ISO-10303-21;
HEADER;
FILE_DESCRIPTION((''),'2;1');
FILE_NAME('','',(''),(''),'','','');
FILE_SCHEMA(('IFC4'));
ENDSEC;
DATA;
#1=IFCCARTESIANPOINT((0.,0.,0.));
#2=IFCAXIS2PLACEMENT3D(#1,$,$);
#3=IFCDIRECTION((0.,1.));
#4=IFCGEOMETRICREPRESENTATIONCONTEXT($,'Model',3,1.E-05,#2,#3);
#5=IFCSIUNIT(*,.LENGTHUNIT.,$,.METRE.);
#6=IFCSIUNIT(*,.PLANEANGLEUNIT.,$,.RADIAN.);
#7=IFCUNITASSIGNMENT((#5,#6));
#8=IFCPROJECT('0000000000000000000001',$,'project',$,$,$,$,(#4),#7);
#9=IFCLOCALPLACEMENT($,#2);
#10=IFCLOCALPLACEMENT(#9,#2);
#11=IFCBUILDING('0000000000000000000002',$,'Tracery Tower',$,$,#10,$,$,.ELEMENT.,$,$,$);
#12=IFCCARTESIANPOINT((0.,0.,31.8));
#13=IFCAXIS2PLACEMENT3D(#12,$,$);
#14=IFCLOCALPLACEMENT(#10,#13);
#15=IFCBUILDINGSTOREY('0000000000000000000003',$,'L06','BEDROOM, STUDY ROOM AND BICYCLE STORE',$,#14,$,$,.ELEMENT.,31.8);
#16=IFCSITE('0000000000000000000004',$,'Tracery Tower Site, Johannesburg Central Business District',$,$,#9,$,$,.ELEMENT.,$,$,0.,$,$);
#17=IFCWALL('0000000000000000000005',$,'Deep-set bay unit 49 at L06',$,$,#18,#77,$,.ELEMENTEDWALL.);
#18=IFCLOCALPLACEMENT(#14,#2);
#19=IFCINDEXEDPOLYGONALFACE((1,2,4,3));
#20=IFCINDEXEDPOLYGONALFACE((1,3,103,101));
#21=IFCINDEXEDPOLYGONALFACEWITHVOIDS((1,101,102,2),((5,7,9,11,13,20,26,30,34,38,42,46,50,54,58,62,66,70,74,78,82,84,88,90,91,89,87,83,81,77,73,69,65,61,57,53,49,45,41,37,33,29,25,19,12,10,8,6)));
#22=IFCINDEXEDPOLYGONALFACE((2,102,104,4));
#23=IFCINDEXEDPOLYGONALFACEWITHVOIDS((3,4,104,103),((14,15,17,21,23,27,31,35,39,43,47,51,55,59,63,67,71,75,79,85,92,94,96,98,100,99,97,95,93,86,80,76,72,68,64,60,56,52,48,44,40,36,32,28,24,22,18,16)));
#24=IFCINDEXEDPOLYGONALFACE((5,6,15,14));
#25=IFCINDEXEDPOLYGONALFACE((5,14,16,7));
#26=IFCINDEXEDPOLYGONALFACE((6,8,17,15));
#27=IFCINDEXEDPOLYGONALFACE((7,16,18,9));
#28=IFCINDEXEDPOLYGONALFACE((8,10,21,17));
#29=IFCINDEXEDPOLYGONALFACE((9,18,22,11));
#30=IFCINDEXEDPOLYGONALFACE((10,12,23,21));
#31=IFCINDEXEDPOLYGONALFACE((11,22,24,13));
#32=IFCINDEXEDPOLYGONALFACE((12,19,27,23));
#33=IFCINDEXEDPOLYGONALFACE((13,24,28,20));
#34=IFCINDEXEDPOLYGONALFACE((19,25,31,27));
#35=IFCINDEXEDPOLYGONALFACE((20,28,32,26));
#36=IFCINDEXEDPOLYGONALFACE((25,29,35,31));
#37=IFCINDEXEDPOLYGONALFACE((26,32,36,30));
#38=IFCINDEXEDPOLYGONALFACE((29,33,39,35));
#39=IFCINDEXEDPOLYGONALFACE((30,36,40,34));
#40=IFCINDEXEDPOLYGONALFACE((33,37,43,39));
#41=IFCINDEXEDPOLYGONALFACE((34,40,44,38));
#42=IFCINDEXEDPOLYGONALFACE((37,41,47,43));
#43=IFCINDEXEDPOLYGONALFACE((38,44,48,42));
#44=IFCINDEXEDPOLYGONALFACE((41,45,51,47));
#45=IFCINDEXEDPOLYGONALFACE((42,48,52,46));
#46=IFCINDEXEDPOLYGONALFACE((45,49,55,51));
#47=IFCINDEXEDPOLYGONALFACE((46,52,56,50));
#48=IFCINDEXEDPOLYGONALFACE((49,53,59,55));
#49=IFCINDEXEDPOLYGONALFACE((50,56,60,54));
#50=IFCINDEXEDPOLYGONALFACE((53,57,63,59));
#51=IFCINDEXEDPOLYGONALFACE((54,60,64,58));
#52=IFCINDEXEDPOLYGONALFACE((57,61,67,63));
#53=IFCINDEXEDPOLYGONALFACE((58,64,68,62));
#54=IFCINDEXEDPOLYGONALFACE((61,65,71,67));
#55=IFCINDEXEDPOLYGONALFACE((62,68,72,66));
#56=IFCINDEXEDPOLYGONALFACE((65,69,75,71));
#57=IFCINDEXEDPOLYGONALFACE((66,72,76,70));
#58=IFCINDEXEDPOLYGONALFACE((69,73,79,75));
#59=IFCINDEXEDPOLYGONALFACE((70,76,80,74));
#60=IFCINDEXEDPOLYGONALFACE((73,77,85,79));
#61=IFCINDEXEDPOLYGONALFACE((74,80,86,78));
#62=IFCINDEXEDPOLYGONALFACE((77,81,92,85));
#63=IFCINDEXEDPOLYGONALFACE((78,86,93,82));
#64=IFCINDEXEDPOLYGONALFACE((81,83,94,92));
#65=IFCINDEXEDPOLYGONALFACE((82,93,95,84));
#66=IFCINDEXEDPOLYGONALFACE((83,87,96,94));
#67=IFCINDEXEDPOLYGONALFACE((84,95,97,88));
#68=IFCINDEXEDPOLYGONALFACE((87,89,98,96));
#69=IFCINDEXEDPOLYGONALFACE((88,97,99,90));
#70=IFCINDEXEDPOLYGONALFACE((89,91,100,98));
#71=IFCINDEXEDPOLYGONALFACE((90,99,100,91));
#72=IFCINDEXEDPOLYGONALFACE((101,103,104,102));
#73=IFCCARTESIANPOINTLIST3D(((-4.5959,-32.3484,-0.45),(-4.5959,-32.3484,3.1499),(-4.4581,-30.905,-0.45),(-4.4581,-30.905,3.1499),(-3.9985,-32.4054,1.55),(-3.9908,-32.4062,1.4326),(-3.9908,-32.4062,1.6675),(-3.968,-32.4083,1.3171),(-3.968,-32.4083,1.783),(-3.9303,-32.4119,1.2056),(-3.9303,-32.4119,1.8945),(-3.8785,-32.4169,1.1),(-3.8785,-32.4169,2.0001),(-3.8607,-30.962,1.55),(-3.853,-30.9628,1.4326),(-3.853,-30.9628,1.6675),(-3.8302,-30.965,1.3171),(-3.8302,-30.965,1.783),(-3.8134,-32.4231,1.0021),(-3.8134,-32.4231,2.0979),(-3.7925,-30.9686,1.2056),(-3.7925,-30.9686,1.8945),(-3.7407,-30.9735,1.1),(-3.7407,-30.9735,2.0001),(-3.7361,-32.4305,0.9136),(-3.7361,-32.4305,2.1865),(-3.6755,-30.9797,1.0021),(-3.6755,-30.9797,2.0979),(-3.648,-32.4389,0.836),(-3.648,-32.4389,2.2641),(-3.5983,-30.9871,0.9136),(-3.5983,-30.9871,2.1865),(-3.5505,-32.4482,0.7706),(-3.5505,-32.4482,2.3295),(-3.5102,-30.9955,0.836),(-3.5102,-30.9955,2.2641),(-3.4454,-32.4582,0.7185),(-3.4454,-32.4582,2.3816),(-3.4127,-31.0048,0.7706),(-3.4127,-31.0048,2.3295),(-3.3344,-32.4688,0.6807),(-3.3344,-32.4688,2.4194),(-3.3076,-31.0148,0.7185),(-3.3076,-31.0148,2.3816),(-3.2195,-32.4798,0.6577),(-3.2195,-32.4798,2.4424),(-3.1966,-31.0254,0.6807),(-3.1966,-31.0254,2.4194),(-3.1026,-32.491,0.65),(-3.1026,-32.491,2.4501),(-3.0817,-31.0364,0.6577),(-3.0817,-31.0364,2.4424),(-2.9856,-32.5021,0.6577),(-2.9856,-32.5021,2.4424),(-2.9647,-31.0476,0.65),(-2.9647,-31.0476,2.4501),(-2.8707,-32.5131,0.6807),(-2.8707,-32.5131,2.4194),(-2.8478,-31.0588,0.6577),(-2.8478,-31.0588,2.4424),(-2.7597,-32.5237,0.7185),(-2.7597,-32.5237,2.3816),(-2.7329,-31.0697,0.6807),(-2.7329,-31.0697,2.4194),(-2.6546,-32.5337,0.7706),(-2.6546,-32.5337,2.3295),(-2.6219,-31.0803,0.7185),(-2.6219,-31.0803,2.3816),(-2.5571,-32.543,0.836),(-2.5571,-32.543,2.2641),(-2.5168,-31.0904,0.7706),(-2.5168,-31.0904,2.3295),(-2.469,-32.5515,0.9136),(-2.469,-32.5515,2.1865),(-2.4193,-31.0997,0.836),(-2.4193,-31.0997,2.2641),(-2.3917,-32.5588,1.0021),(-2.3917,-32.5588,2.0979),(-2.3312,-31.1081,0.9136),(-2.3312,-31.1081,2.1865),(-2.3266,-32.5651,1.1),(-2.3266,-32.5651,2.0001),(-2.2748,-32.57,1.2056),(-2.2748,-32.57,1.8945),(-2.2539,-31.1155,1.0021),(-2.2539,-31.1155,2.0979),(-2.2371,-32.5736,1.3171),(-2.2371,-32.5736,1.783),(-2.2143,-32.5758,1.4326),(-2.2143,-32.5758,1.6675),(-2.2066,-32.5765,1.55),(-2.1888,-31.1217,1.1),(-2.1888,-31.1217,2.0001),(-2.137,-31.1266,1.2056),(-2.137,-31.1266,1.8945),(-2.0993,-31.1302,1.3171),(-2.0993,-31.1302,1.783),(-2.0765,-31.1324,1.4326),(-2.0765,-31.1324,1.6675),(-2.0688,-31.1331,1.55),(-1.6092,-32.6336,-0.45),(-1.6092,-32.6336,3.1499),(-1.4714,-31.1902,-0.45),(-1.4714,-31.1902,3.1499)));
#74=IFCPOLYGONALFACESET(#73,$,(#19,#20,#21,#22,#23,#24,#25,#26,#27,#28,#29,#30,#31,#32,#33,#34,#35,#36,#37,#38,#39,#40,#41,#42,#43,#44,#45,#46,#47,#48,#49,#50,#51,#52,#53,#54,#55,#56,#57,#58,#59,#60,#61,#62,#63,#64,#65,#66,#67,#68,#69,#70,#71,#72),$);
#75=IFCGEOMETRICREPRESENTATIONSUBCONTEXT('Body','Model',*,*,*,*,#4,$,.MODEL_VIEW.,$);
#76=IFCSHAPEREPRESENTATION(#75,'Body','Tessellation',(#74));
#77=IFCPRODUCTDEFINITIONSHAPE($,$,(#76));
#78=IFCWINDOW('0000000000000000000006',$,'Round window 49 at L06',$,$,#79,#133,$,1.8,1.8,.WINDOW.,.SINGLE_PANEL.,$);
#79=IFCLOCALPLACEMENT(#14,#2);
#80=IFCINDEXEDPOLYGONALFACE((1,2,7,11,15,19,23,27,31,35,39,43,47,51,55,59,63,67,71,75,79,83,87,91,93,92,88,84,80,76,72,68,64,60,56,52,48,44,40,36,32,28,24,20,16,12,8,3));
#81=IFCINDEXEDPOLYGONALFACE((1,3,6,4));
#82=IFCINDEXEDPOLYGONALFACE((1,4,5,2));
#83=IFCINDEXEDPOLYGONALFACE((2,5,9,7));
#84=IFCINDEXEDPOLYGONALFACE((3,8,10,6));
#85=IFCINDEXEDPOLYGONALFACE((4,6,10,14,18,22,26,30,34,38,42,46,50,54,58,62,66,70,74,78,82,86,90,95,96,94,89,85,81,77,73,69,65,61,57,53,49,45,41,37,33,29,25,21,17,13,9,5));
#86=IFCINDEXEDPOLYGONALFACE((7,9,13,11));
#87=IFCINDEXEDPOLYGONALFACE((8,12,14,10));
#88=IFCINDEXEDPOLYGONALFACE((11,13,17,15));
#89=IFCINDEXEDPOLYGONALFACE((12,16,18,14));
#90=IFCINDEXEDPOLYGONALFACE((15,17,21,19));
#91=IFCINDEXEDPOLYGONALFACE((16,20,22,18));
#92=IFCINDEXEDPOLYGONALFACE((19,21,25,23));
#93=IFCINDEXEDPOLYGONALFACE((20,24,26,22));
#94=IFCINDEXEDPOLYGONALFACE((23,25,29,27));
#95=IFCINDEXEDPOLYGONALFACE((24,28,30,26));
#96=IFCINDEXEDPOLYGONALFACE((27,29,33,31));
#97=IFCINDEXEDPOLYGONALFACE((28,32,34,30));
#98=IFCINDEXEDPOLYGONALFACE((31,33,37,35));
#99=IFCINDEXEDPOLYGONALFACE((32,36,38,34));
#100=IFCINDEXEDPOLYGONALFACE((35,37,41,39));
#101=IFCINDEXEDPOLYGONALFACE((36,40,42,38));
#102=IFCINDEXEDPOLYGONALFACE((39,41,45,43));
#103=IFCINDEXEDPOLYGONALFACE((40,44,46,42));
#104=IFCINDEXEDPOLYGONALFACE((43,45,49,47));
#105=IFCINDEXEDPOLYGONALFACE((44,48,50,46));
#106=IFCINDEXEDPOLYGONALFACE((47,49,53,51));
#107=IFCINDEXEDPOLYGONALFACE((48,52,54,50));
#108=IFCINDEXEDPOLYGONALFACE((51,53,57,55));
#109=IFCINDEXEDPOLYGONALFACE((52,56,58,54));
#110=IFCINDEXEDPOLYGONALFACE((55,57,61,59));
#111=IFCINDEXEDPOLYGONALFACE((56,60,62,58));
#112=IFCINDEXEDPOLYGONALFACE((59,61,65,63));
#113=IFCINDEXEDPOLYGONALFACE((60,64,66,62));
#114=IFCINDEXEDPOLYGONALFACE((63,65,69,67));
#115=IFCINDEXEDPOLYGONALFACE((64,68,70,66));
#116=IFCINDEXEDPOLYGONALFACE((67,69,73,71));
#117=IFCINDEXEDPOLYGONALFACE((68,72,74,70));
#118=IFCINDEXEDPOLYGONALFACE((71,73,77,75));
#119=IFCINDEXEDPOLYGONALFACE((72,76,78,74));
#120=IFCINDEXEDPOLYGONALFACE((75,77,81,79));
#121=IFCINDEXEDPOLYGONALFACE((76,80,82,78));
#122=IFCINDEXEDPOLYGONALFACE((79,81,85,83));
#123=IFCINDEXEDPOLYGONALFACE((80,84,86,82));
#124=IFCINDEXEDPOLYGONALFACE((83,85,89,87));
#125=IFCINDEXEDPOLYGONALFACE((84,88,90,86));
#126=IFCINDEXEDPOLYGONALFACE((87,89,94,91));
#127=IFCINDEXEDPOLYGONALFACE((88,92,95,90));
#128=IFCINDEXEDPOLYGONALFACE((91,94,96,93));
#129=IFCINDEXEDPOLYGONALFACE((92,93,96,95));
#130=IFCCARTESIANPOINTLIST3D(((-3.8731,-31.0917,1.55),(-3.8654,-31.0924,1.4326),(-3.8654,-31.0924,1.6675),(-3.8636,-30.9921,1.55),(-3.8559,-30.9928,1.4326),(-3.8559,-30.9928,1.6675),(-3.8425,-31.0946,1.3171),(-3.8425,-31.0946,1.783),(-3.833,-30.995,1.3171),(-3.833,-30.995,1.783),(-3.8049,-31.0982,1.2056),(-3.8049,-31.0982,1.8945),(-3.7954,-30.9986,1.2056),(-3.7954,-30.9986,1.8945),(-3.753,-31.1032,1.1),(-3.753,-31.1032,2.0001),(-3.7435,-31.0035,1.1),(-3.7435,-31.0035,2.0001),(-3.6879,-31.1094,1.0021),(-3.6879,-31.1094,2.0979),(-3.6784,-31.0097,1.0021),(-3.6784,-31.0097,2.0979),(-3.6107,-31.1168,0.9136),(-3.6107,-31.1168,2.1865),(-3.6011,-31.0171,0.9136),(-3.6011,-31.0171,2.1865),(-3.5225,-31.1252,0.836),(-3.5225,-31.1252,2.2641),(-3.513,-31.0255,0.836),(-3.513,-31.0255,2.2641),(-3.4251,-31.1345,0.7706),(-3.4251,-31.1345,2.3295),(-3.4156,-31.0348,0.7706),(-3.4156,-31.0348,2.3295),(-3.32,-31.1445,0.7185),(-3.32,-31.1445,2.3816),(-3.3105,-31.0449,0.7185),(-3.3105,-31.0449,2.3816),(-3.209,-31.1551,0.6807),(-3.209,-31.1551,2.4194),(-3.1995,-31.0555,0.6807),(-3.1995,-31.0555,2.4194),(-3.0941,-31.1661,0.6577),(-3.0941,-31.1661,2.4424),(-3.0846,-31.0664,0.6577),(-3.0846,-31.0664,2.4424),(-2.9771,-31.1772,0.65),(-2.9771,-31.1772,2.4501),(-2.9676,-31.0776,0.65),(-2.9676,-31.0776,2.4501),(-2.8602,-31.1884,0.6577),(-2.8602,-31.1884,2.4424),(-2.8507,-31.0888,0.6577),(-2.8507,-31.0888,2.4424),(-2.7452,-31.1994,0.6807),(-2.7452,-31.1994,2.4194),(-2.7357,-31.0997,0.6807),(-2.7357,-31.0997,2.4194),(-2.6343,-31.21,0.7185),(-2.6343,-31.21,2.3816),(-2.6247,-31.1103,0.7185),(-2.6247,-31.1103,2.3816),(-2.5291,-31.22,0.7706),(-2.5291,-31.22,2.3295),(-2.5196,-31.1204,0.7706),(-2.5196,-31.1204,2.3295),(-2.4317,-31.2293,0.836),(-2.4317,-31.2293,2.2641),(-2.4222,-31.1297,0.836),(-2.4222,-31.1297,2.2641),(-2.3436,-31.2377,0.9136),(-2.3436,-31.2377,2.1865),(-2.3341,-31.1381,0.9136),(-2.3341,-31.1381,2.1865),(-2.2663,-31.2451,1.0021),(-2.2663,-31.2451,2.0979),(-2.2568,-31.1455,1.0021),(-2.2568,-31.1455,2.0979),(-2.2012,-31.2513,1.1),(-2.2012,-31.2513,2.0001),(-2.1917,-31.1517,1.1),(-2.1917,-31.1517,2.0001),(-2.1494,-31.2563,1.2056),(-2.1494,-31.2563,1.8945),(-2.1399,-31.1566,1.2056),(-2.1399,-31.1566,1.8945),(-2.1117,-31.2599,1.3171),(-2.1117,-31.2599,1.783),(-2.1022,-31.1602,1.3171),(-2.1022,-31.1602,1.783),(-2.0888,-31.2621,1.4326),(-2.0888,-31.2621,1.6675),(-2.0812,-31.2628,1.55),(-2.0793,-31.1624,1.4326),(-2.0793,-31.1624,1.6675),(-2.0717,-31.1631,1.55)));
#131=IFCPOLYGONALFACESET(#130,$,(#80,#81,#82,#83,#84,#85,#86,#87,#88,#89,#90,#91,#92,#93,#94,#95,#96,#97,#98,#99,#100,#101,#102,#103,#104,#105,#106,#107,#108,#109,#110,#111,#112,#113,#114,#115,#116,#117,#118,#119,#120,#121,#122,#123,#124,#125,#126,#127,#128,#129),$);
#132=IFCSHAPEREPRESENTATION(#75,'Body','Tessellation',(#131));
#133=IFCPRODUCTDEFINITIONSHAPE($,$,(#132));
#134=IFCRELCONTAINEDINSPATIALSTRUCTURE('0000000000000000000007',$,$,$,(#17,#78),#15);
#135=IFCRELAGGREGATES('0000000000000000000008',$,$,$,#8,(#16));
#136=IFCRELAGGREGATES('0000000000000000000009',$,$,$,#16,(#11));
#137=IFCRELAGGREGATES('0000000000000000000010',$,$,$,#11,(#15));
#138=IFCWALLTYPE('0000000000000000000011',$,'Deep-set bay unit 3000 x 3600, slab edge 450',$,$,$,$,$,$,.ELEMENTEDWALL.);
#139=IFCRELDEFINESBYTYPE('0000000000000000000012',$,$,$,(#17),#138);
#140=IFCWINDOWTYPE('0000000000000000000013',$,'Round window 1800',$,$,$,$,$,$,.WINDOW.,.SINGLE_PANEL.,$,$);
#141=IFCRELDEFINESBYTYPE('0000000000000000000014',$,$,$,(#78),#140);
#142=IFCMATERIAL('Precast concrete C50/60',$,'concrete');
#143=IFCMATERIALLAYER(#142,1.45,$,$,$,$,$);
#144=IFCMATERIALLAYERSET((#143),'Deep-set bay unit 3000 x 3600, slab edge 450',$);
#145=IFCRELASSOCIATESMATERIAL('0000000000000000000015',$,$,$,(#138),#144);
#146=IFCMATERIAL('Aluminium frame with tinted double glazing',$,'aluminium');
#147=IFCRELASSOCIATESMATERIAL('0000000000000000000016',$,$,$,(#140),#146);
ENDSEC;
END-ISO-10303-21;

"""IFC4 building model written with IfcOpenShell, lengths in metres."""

from ifc_helpers import new_model, si_unit, direction, frame, frame_2d, origin, origin_2d, place, context, subcontext, project, spatial, rectangle, circle, extrude, material, layer, layer_set, type_object, element, fill, save


model = new_model("IFC4")

# Units and contexts
model_context = context("Model", 3, precision=1e-05, world=origin(), true_north=direction((0.0, 1.0)))
body_context = subcontext(model_context, "Body", "Model", "MODEL_VIEW")
ifc_project = project(units=[si_unit("LENGTHUNIT", "METRE"), si_unit("PLANEANGLEUNIT", "RADIAN")], contexts=[model_context])

# Site, building, storey
site_placement = place(None, origin())
site = spatial("IfcSite", under=ifc_project, at=site_placement, Name="Tracery Tower Site, Johannesburg Central Business District", CompositionType="ELEMENT", RefElevation=0.0)
building_placement = place(site_placement, origin())
building = spatial("IfcBuilding", under=site, at=building_placement, Name="Tracery Tower", CompositionType="ELEMENT")
storey_placement = place(building_placement, frame((0.0, 0.0, 31.8)))
storey = spatial("IfcBuildingStorey", under=building, at=storey_placement, Name="L06", Description="BEDROOM, STUDY ROOM AND BICYCLE STORE", CompositionType="ELEMENT", Elevation=31.8)

# Wall, opening, window
ifc_material_1 = material(Name="Precast concrete C50/60", Category="concrete")
ifc_layer_1 = layer(ifc_material_1, 1.45)
ifc_layer_set_1 = layer_set([ifc_layer_1], Name="Deep-set bay unit 3000 x 3600, slab edge 450")
wall_type_1 = type_object("IfcWallType", Name="Deep-set bay unit 3000 x 3600, slab edge 450", PredefinedType="ELEMENTEDWALL", material=ifc_layer_set_1)
ifc_material_2 = material(Name="Aluminium frame with tinted double glazing", Category="aluminium")
window_type = type_object("IfcWindowType", Name="Round window 1800", PartitioningType="SINGLE_PANEL", PredefinedType="WINDOW", material=ifc_material_2)
wall_1_placement = place(storey_placement, frame((-4.5269, -31.6267, -0.45), z_axis=(0.0, 0.0, 1.0), x_axis=(0.995473, -0.095047, 0.0)))
wall_1 = element("IfcWall", 1, at=wall_1_placement, inside=storey, type_object=wall_type_1, Name="Deep-set bay unit 49 at L06", PredefinedType="ELEMENTEDWALL", context=body_context, shape_type="SweptSolid", body=[
    extrude(rectangle(XDim=3.0002, YDim=1.45, at=frame_2d((1.5, 0.0))), origin(), (0.0, 0.0, 1.0), 3.5999),
])
opening_1_placement = place(wall_1_placement, frame((1.5, 0.0, 2.0)))
opening_1 = element("IfcOpeningElement", 2, at=opening_1_placement, cuts=wall_1, PredefinedType="OPENING", context=body_context, shape_type="SweptSolid", body=[
    extrude(circle(Radius=0.9, at=origin_2d()), frame((0.0, 0.7349, 0.0), z_axis=(0.0, -1.0, 0.0), x_axis=(1.0, 0.0, 0.0)), (0.0, 0.0, 1.0), 1.47),
])
window_1_placement = place(opening_1_placement, origin())
window_1 = element("IfcWindow", 3, at=window_1_placement, inside=storey, type_object=window_type, Name="Round window 49 at L06", OverallHeight=1.8, OverallWidth=1.8, PartitioningType="SINGLE_PANEL", PredefinedType="WINDOW", context=body_context, shape_type="SweptSolid", body=[
    extrude(circle(Radius=0.9, at=origin_2d()), frame((0.0, 0.6948, 0.0), z_axis=(0.0, -1.0, 0.0), x_axis=(1.0, 0.0, 0.0)), (0.0, 0.0, 1.0), 0.1001),
])
fill(opening_1, window_1)

save(model, "model.ifc")
